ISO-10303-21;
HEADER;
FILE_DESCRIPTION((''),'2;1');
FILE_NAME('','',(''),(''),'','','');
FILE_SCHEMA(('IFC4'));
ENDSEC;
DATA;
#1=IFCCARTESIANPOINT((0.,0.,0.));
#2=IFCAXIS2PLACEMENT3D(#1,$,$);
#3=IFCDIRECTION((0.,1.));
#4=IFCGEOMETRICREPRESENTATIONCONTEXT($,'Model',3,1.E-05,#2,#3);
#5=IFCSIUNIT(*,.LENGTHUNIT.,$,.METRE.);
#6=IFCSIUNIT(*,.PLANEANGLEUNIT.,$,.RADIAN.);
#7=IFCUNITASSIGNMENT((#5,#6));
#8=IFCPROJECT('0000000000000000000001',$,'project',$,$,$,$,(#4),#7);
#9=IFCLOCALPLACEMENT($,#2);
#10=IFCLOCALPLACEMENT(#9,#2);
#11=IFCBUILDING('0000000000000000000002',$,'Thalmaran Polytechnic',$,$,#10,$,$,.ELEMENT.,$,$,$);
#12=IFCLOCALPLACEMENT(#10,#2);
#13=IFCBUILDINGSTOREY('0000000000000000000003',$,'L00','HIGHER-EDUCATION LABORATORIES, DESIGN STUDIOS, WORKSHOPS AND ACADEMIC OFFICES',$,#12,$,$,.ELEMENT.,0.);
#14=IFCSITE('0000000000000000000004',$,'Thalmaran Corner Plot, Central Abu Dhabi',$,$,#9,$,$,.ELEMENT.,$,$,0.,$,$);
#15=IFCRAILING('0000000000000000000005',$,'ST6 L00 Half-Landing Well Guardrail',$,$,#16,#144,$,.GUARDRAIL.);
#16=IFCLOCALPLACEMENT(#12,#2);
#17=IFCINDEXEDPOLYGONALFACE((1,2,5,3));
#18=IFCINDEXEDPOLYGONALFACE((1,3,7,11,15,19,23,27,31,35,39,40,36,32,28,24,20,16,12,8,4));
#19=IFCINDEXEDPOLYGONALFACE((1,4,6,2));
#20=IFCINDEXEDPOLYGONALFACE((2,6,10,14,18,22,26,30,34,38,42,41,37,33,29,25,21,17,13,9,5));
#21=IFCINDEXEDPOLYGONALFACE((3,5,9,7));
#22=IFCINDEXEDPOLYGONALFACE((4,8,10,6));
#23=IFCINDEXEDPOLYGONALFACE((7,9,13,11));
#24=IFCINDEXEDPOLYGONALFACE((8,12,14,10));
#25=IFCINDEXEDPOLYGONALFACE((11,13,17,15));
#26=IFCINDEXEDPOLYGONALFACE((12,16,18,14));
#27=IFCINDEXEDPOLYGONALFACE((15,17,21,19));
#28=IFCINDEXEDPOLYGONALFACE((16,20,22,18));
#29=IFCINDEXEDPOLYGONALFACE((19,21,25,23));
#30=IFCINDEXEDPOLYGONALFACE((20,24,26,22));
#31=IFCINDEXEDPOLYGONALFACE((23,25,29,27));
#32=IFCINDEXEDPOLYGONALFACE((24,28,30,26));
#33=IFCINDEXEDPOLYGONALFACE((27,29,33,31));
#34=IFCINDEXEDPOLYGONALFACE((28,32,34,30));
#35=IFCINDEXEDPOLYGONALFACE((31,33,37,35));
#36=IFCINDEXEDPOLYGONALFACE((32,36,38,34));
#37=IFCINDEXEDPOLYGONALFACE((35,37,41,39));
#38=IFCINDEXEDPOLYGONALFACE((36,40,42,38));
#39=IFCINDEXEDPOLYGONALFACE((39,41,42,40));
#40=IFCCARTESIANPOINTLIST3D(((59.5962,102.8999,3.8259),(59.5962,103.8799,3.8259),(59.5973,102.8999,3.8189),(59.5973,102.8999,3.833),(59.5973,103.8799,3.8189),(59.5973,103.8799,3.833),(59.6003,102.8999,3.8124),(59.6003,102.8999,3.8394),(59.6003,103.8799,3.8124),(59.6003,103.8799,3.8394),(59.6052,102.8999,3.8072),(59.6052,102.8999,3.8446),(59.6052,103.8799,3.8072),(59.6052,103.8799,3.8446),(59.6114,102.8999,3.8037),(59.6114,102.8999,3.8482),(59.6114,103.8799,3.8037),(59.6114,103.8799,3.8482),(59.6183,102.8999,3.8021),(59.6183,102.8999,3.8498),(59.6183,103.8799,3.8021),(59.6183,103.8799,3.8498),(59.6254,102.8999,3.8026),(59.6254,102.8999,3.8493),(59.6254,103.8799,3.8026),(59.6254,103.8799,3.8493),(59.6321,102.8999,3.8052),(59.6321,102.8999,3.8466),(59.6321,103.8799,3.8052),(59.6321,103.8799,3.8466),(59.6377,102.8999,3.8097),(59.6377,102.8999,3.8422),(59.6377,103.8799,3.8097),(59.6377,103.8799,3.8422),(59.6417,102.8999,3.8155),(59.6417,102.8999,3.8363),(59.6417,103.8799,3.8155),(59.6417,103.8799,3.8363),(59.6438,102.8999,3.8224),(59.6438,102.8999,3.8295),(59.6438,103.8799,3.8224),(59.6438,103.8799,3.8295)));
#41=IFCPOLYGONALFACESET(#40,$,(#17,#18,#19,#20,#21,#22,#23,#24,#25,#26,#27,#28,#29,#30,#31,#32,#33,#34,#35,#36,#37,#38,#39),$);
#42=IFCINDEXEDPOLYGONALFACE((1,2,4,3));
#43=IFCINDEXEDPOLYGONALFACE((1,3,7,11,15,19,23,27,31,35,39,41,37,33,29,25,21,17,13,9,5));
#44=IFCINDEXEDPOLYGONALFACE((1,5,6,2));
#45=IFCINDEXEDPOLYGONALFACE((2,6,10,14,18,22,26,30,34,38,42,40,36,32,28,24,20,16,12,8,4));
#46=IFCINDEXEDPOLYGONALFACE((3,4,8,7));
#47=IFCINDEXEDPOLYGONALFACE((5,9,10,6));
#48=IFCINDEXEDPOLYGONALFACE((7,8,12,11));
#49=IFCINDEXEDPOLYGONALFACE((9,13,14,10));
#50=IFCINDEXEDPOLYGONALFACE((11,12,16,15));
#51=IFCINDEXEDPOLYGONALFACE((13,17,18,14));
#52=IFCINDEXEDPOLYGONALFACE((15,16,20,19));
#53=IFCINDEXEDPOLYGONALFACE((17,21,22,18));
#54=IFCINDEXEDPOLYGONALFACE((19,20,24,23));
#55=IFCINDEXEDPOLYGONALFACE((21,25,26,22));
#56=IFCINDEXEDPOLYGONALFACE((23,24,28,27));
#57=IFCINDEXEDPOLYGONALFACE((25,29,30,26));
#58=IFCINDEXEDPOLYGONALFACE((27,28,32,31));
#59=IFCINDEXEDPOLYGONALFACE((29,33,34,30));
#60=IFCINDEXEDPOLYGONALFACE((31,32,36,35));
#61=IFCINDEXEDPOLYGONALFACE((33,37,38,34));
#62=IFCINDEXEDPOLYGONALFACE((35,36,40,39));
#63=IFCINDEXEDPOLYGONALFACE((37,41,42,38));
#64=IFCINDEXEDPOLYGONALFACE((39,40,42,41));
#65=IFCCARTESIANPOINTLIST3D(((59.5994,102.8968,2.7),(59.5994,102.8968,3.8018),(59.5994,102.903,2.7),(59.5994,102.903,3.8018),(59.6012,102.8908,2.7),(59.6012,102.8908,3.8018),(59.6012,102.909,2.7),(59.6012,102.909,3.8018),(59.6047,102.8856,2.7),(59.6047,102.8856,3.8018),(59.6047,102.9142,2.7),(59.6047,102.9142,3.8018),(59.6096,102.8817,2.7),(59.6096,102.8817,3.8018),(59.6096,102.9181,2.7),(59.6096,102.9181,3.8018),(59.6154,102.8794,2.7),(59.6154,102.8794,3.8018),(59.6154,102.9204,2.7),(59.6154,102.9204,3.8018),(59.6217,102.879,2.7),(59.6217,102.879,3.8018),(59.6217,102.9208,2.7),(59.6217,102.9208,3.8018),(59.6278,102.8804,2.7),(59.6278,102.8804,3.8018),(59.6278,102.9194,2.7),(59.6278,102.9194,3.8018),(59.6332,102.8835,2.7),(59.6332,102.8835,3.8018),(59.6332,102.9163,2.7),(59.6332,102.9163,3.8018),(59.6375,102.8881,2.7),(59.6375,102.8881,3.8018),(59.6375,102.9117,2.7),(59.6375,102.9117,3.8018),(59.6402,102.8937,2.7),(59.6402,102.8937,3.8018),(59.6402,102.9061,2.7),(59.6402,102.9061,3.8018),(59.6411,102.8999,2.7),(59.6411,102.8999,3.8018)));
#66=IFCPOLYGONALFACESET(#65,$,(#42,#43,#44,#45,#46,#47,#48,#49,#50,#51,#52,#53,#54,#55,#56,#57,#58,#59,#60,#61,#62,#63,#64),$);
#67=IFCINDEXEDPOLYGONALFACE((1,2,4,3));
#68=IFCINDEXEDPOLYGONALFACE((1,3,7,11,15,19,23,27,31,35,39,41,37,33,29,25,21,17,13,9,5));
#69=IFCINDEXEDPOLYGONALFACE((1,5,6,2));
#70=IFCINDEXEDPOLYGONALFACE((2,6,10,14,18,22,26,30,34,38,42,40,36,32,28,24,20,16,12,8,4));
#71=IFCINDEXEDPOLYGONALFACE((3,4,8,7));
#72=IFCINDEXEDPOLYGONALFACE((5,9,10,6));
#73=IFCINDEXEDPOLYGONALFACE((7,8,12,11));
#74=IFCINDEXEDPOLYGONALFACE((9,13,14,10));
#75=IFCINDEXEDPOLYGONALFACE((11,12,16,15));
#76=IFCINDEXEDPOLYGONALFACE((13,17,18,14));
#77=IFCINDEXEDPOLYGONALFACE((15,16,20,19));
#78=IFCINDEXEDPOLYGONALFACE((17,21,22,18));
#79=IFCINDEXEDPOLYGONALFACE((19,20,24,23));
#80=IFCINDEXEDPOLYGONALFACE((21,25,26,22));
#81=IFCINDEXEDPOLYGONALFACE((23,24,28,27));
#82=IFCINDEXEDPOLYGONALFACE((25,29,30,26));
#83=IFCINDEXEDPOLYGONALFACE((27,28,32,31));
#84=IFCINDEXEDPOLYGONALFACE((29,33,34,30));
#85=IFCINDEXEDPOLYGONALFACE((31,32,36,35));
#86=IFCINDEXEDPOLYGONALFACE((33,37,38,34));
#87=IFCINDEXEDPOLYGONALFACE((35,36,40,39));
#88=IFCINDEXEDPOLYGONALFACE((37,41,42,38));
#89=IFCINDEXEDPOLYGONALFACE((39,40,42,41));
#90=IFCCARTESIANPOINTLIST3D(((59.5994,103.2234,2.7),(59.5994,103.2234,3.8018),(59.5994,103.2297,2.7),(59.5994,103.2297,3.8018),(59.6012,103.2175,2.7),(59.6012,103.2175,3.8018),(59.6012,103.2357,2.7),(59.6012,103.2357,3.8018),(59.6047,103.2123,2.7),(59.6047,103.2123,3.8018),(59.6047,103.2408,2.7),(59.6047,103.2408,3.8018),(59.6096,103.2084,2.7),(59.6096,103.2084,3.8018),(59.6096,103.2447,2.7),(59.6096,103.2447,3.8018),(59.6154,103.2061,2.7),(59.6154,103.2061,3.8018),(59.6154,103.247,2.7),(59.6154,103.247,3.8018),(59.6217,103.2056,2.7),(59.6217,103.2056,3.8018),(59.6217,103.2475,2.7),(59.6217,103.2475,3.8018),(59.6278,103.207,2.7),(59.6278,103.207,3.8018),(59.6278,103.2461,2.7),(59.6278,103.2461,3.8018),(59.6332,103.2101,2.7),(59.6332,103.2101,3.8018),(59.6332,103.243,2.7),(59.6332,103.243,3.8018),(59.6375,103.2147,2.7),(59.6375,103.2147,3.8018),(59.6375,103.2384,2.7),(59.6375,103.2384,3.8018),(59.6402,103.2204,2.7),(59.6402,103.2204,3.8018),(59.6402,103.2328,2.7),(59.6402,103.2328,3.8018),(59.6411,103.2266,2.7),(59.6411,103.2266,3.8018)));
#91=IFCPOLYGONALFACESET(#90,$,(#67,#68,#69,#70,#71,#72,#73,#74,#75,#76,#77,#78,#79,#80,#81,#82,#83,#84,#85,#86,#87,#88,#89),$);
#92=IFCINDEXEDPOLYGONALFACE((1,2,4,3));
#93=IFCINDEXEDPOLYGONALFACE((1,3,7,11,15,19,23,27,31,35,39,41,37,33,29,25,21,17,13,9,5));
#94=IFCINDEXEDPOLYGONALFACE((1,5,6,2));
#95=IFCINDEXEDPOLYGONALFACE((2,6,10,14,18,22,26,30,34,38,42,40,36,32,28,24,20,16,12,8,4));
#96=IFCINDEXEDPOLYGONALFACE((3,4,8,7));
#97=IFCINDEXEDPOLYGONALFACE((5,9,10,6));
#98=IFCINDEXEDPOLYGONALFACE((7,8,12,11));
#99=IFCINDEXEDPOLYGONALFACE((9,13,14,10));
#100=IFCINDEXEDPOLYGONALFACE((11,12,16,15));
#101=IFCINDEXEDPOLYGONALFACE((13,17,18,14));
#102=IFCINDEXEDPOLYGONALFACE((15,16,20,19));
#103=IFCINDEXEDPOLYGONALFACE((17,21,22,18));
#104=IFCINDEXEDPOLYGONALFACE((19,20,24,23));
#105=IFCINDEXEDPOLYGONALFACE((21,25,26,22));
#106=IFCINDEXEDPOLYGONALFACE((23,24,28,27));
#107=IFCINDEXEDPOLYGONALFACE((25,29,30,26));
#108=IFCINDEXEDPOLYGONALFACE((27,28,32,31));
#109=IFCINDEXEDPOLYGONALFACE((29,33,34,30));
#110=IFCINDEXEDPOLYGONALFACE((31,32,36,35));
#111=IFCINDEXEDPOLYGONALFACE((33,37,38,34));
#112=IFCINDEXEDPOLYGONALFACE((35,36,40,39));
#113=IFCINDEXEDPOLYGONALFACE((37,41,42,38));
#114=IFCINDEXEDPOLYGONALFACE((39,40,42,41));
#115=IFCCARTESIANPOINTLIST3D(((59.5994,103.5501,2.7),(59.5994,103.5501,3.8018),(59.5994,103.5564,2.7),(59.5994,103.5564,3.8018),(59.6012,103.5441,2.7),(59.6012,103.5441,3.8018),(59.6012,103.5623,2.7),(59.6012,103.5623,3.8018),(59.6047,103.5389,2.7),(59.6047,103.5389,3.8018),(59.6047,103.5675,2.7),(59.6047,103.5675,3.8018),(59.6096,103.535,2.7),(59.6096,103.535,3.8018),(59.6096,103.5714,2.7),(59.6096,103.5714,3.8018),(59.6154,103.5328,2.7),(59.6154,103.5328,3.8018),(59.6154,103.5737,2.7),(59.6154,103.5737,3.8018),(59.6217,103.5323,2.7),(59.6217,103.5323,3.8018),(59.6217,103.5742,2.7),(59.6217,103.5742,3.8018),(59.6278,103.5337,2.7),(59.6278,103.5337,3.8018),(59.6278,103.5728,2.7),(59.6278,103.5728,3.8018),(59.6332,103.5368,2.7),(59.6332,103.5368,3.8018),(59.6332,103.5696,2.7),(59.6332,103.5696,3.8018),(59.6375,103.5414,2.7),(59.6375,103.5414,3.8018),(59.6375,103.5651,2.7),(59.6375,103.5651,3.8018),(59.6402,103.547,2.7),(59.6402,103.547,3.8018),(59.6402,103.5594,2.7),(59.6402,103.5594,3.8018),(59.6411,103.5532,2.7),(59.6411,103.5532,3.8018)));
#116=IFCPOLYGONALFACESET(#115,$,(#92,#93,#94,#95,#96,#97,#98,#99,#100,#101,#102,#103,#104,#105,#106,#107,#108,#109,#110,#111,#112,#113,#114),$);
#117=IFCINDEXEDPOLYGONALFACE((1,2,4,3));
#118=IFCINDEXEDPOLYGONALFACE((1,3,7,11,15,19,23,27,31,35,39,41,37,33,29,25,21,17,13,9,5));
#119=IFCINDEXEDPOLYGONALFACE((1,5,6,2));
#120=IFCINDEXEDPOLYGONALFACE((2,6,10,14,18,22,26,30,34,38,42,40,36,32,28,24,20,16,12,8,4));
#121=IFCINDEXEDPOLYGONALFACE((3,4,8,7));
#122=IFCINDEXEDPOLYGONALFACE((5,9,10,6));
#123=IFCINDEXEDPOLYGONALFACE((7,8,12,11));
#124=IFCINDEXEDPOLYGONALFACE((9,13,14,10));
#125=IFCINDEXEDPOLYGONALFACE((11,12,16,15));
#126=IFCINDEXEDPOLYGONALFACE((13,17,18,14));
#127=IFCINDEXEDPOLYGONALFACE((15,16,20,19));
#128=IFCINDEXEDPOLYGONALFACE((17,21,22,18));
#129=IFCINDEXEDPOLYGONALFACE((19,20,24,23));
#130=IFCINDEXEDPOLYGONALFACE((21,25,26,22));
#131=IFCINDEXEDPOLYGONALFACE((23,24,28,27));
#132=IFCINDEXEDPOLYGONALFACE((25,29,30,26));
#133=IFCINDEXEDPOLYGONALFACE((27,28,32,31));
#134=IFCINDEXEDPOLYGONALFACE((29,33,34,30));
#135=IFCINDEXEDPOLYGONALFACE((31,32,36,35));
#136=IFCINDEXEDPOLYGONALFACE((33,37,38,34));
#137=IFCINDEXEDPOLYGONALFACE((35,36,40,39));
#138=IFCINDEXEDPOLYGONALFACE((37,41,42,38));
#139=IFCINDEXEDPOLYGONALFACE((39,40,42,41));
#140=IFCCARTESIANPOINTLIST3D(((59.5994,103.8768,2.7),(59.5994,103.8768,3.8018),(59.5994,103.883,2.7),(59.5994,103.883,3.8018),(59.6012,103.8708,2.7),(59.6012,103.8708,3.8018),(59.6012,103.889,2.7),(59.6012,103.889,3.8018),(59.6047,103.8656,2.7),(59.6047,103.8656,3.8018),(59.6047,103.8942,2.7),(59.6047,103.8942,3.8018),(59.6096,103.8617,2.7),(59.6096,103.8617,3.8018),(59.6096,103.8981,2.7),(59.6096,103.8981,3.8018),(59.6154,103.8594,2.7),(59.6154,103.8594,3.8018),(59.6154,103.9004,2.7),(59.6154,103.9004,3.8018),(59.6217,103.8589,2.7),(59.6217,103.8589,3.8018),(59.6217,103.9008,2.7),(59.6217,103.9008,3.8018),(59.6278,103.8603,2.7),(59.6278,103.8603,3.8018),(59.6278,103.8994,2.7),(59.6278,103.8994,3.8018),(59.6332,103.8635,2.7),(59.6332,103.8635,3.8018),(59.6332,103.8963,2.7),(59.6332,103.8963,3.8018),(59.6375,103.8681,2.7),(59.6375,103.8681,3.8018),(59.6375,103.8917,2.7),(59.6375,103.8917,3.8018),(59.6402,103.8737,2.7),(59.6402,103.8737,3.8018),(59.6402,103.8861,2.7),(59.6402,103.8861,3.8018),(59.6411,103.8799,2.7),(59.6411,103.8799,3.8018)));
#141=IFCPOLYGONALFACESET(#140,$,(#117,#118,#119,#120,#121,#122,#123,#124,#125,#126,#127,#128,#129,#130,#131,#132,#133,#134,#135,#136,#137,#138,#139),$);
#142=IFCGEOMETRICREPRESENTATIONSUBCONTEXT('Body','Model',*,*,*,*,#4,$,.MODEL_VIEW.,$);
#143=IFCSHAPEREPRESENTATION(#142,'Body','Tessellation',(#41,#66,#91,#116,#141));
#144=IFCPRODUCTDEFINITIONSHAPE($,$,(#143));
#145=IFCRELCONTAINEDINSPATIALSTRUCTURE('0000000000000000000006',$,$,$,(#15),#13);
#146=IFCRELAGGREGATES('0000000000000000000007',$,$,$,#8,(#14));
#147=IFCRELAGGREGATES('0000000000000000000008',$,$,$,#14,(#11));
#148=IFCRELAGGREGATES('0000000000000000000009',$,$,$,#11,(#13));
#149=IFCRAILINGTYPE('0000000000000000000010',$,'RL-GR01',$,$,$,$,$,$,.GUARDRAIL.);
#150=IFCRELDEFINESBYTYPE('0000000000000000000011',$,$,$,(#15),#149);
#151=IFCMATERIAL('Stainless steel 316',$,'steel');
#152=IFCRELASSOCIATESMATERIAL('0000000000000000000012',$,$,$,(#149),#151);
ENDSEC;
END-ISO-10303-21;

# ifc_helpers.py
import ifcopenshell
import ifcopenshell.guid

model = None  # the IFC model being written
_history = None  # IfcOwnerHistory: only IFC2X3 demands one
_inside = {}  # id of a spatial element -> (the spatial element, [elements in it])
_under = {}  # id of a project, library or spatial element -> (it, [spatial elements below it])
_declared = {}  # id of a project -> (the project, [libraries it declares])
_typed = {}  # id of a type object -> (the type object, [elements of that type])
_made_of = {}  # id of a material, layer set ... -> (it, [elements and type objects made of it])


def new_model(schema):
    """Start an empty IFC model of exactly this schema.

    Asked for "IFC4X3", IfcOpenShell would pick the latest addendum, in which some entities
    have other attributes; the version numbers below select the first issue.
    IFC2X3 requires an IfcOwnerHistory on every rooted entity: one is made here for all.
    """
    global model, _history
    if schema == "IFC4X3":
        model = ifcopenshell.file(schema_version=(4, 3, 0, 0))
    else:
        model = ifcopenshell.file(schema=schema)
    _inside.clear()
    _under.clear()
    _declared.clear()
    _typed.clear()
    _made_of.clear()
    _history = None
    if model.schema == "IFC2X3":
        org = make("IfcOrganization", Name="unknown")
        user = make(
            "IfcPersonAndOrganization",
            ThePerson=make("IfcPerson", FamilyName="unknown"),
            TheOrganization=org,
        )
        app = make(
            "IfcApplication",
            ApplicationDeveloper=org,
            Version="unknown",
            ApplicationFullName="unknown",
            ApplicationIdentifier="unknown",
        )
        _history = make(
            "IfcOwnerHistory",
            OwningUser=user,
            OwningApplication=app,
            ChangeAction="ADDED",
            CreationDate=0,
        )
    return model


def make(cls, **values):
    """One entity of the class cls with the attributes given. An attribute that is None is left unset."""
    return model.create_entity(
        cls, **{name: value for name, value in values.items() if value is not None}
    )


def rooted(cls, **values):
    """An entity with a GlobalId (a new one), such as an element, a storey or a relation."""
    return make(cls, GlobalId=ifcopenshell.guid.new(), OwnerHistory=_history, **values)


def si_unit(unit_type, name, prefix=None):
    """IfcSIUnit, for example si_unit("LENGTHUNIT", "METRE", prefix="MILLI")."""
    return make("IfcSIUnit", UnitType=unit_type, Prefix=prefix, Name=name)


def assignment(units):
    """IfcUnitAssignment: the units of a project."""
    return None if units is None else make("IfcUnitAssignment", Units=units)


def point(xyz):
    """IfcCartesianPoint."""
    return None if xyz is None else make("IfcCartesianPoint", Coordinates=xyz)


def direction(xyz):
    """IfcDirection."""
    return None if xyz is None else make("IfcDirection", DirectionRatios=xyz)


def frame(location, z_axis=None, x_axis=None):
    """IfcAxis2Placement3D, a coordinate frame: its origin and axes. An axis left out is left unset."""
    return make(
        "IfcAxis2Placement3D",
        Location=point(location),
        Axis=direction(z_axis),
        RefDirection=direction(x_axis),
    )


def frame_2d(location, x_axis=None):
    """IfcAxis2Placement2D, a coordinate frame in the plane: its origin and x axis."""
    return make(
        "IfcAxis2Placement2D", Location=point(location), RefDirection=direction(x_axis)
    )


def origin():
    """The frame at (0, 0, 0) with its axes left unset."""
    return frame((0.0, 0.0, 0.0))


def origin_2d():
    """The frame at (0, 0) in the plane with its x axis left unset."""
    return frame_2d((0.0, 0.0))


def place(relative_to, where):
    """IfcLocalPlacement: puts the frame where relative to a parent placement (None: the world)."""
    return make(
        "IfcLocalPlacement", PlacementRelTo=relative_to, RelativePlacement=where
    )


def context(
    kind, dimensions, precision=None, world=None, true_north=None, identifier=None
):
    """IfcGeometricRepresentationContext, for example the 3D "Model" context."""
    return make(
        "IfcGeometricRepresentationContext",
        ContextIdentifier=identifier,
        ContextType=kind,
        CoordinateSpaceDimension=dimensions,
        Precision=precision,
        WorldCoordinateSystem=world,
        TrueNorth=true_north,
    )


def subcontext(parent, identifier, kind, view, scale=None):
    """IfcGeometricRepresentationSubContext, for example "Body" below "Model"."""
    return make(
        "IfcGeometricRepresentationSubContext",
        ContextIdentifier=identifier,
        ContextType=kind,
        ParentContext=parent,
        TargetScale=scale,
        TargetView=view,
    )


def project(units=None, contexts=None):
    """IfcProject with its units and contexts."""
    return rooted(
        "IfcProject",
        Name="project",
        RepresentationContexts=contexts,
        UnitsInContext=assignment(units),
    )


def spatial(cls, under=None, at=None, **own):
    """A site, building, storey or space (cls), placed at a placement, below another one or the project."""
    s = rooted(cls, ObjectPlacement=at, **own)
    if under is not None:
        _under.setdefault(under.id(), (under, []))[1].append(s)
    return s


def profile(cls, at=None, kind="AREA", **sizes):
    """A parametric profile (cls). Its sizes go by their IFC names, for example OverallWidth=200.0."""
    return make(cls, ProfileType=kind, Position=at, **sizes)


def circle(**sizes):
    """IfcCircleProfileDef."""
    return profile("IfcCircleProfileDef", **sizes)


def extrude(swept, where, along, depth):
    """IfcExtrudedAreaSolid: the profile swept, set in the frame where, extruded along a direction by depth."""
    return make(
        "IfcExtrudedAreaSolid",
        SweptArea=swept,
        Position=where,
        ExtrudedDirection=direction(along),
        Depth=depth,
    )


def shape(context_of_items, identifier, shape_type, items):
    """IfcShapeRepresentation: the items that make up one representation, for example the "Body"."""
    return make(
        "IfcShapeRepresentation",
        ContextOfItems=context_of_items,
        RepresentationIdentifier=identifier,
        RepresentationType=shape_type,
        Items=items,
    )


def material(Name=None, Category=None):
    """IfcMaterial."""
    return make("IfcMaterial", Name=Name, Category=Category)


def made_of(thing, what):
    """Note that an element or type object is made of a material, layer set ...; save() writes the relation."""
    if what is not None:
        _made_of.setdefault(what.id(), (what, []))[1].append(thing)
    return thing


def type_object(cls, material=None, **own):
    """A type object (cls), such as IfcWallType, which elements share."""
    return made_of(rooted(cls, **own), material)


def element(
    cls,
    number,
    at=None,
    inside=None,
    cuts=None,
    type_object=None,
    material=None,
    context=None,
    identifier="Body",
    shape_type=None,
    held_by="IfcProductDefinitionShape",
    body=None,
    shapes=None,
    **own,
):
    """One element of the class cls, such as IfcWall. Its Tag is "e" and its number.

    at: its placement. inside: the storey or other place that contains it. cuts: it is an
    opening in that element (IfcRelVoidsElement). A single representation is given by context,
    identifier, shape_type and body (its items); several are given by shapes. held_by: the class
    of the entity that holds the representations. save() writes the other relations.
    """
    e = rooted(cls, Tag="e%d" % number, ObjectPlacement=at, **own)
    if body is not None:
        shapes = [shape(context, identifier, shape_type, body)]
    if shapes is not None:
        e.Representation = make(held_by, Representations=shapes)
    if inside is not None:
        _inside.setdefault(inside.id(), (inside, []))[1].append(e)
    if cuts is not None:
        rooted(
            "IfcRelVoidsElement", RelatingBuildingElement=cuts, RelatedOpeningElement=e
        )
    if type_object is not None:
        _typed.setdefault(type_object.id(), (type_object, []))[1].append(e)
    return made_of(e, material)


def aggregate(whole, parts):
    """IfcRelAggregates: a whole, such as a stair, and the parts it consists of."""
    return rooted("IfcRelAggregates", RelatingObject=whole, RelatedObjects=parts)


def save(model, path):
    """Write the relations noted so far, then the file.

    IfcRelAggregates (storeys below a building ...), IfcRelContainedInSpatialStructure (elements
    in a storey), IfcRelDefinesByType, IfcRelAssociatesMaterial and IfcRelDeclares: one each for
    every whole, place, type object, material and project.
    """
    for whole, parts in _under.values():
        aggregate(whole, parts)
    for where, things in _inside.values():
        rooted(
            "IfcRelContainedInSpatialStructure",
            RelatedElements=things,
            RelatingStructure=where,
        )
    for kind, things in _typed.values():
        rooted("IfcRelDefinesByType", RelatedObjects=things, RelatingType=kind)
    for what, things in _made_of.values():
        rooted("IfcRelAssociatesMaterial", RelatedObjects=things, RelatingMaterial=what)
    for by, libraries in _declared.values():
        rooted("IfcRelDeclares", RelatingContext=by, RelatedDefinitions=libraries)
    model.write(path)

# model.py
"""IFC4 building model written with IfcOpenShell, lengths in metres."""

from ifc_helpers import new_model, si_unit, direction, frame, origin, origin_2d, place, context, subcontext, project, spatial, circle, extrude, material, type_object, element, save


model = new_model("IFC4")

# Units and contexts
model_context = context("Model", 3, precision=1e-05, world=origin(), true_north=direction((0.0, 1.0)))
body_context = subcontext(model_context, "Body", "Model", "MODEL_VIEW")
ifc_project = project(units=[si_unit("LENGTHUNIT", "METRE"), si_unit("PLANEANGLEUNIT", "RADIAN")], contexts=[model_context])

# Site, building, storey
site_placement = place(None, origin())
site = spatial("IfcSite", under=ifc_project, at=site_placement, Name="Thalmaran Corner Plot, Central Abu Dhabi", CompositionType="ELEMENT", RefElevation=0.0)
building_placement = place(site_placement, origin())
building = spatial("IfcBuilding", under=site, at=building_placement, Name="Thalmaran Polytechnic", CompositionType="ELEMENT")
storey_placement = place(building_placement, origin())
storey = spatial("IfcBuildingStorey", under=building, at=storey_placement, Name="L00", Description="HIGHER-EDUCATION LABORATORIES, DESIGN STUDIOS, WORKSHOPS AND ACADEMIC OFFICES", CompositionType="ELEMENT", Elevation=0.0)

# Railing
ifc_material_1 = material(Name="Stainless steel 316", Category="steel")
railing_type_1 = type_object("IfcRailingType", Name="RL-GR01", PredefinedType="GUARDRAIL", material=ifc_material_1)
railing_1_placement = place(storey_placement, frame((59.6201, 102.8999, 2.7)))
element("IfcRailing", 1, at=railing_1_placement, inside=storey, type_object=railing_type_1, Name="ST6 L00 Half-Landing Well Guardrail", PredefinedType="GUARDRAIL", context=body_context, shape_type="SweptSolid", body=[
    extrude(circle(Radius=0.0239, at=origin_2d()), frame((0.0, 0.0, 1.126), z_axis=(0.0, 1.0, 0.0), x_axis=(-1.0, 0.0, 0.0)), (0.0, 0.0, 1.0), 0.98),
    extrude(circle(Radius=0.021, at=origin_2d()), origin(), (0.0, 0.0, 1.0), 1.1018),
    extrude(circle(Radius=0.021, at=origin_2d()), frame((0.0, 0.3267, 0.0)), (0.0, 0.0, 1.0), 1.1018),
    extrude(circle(Radius=0.021, at=origin_2d()), frame((0.0, 0.6533, 0.0)), (0.0, 0.0, 1.0), 1.1018),
    extrude(circle(Radius=0.021, at=origin_2d()), frame((0.0, 0.98, 0.0)), (0.0, 0.0, 1.0), 1.1018),
])

save(model, "model.ifc")
